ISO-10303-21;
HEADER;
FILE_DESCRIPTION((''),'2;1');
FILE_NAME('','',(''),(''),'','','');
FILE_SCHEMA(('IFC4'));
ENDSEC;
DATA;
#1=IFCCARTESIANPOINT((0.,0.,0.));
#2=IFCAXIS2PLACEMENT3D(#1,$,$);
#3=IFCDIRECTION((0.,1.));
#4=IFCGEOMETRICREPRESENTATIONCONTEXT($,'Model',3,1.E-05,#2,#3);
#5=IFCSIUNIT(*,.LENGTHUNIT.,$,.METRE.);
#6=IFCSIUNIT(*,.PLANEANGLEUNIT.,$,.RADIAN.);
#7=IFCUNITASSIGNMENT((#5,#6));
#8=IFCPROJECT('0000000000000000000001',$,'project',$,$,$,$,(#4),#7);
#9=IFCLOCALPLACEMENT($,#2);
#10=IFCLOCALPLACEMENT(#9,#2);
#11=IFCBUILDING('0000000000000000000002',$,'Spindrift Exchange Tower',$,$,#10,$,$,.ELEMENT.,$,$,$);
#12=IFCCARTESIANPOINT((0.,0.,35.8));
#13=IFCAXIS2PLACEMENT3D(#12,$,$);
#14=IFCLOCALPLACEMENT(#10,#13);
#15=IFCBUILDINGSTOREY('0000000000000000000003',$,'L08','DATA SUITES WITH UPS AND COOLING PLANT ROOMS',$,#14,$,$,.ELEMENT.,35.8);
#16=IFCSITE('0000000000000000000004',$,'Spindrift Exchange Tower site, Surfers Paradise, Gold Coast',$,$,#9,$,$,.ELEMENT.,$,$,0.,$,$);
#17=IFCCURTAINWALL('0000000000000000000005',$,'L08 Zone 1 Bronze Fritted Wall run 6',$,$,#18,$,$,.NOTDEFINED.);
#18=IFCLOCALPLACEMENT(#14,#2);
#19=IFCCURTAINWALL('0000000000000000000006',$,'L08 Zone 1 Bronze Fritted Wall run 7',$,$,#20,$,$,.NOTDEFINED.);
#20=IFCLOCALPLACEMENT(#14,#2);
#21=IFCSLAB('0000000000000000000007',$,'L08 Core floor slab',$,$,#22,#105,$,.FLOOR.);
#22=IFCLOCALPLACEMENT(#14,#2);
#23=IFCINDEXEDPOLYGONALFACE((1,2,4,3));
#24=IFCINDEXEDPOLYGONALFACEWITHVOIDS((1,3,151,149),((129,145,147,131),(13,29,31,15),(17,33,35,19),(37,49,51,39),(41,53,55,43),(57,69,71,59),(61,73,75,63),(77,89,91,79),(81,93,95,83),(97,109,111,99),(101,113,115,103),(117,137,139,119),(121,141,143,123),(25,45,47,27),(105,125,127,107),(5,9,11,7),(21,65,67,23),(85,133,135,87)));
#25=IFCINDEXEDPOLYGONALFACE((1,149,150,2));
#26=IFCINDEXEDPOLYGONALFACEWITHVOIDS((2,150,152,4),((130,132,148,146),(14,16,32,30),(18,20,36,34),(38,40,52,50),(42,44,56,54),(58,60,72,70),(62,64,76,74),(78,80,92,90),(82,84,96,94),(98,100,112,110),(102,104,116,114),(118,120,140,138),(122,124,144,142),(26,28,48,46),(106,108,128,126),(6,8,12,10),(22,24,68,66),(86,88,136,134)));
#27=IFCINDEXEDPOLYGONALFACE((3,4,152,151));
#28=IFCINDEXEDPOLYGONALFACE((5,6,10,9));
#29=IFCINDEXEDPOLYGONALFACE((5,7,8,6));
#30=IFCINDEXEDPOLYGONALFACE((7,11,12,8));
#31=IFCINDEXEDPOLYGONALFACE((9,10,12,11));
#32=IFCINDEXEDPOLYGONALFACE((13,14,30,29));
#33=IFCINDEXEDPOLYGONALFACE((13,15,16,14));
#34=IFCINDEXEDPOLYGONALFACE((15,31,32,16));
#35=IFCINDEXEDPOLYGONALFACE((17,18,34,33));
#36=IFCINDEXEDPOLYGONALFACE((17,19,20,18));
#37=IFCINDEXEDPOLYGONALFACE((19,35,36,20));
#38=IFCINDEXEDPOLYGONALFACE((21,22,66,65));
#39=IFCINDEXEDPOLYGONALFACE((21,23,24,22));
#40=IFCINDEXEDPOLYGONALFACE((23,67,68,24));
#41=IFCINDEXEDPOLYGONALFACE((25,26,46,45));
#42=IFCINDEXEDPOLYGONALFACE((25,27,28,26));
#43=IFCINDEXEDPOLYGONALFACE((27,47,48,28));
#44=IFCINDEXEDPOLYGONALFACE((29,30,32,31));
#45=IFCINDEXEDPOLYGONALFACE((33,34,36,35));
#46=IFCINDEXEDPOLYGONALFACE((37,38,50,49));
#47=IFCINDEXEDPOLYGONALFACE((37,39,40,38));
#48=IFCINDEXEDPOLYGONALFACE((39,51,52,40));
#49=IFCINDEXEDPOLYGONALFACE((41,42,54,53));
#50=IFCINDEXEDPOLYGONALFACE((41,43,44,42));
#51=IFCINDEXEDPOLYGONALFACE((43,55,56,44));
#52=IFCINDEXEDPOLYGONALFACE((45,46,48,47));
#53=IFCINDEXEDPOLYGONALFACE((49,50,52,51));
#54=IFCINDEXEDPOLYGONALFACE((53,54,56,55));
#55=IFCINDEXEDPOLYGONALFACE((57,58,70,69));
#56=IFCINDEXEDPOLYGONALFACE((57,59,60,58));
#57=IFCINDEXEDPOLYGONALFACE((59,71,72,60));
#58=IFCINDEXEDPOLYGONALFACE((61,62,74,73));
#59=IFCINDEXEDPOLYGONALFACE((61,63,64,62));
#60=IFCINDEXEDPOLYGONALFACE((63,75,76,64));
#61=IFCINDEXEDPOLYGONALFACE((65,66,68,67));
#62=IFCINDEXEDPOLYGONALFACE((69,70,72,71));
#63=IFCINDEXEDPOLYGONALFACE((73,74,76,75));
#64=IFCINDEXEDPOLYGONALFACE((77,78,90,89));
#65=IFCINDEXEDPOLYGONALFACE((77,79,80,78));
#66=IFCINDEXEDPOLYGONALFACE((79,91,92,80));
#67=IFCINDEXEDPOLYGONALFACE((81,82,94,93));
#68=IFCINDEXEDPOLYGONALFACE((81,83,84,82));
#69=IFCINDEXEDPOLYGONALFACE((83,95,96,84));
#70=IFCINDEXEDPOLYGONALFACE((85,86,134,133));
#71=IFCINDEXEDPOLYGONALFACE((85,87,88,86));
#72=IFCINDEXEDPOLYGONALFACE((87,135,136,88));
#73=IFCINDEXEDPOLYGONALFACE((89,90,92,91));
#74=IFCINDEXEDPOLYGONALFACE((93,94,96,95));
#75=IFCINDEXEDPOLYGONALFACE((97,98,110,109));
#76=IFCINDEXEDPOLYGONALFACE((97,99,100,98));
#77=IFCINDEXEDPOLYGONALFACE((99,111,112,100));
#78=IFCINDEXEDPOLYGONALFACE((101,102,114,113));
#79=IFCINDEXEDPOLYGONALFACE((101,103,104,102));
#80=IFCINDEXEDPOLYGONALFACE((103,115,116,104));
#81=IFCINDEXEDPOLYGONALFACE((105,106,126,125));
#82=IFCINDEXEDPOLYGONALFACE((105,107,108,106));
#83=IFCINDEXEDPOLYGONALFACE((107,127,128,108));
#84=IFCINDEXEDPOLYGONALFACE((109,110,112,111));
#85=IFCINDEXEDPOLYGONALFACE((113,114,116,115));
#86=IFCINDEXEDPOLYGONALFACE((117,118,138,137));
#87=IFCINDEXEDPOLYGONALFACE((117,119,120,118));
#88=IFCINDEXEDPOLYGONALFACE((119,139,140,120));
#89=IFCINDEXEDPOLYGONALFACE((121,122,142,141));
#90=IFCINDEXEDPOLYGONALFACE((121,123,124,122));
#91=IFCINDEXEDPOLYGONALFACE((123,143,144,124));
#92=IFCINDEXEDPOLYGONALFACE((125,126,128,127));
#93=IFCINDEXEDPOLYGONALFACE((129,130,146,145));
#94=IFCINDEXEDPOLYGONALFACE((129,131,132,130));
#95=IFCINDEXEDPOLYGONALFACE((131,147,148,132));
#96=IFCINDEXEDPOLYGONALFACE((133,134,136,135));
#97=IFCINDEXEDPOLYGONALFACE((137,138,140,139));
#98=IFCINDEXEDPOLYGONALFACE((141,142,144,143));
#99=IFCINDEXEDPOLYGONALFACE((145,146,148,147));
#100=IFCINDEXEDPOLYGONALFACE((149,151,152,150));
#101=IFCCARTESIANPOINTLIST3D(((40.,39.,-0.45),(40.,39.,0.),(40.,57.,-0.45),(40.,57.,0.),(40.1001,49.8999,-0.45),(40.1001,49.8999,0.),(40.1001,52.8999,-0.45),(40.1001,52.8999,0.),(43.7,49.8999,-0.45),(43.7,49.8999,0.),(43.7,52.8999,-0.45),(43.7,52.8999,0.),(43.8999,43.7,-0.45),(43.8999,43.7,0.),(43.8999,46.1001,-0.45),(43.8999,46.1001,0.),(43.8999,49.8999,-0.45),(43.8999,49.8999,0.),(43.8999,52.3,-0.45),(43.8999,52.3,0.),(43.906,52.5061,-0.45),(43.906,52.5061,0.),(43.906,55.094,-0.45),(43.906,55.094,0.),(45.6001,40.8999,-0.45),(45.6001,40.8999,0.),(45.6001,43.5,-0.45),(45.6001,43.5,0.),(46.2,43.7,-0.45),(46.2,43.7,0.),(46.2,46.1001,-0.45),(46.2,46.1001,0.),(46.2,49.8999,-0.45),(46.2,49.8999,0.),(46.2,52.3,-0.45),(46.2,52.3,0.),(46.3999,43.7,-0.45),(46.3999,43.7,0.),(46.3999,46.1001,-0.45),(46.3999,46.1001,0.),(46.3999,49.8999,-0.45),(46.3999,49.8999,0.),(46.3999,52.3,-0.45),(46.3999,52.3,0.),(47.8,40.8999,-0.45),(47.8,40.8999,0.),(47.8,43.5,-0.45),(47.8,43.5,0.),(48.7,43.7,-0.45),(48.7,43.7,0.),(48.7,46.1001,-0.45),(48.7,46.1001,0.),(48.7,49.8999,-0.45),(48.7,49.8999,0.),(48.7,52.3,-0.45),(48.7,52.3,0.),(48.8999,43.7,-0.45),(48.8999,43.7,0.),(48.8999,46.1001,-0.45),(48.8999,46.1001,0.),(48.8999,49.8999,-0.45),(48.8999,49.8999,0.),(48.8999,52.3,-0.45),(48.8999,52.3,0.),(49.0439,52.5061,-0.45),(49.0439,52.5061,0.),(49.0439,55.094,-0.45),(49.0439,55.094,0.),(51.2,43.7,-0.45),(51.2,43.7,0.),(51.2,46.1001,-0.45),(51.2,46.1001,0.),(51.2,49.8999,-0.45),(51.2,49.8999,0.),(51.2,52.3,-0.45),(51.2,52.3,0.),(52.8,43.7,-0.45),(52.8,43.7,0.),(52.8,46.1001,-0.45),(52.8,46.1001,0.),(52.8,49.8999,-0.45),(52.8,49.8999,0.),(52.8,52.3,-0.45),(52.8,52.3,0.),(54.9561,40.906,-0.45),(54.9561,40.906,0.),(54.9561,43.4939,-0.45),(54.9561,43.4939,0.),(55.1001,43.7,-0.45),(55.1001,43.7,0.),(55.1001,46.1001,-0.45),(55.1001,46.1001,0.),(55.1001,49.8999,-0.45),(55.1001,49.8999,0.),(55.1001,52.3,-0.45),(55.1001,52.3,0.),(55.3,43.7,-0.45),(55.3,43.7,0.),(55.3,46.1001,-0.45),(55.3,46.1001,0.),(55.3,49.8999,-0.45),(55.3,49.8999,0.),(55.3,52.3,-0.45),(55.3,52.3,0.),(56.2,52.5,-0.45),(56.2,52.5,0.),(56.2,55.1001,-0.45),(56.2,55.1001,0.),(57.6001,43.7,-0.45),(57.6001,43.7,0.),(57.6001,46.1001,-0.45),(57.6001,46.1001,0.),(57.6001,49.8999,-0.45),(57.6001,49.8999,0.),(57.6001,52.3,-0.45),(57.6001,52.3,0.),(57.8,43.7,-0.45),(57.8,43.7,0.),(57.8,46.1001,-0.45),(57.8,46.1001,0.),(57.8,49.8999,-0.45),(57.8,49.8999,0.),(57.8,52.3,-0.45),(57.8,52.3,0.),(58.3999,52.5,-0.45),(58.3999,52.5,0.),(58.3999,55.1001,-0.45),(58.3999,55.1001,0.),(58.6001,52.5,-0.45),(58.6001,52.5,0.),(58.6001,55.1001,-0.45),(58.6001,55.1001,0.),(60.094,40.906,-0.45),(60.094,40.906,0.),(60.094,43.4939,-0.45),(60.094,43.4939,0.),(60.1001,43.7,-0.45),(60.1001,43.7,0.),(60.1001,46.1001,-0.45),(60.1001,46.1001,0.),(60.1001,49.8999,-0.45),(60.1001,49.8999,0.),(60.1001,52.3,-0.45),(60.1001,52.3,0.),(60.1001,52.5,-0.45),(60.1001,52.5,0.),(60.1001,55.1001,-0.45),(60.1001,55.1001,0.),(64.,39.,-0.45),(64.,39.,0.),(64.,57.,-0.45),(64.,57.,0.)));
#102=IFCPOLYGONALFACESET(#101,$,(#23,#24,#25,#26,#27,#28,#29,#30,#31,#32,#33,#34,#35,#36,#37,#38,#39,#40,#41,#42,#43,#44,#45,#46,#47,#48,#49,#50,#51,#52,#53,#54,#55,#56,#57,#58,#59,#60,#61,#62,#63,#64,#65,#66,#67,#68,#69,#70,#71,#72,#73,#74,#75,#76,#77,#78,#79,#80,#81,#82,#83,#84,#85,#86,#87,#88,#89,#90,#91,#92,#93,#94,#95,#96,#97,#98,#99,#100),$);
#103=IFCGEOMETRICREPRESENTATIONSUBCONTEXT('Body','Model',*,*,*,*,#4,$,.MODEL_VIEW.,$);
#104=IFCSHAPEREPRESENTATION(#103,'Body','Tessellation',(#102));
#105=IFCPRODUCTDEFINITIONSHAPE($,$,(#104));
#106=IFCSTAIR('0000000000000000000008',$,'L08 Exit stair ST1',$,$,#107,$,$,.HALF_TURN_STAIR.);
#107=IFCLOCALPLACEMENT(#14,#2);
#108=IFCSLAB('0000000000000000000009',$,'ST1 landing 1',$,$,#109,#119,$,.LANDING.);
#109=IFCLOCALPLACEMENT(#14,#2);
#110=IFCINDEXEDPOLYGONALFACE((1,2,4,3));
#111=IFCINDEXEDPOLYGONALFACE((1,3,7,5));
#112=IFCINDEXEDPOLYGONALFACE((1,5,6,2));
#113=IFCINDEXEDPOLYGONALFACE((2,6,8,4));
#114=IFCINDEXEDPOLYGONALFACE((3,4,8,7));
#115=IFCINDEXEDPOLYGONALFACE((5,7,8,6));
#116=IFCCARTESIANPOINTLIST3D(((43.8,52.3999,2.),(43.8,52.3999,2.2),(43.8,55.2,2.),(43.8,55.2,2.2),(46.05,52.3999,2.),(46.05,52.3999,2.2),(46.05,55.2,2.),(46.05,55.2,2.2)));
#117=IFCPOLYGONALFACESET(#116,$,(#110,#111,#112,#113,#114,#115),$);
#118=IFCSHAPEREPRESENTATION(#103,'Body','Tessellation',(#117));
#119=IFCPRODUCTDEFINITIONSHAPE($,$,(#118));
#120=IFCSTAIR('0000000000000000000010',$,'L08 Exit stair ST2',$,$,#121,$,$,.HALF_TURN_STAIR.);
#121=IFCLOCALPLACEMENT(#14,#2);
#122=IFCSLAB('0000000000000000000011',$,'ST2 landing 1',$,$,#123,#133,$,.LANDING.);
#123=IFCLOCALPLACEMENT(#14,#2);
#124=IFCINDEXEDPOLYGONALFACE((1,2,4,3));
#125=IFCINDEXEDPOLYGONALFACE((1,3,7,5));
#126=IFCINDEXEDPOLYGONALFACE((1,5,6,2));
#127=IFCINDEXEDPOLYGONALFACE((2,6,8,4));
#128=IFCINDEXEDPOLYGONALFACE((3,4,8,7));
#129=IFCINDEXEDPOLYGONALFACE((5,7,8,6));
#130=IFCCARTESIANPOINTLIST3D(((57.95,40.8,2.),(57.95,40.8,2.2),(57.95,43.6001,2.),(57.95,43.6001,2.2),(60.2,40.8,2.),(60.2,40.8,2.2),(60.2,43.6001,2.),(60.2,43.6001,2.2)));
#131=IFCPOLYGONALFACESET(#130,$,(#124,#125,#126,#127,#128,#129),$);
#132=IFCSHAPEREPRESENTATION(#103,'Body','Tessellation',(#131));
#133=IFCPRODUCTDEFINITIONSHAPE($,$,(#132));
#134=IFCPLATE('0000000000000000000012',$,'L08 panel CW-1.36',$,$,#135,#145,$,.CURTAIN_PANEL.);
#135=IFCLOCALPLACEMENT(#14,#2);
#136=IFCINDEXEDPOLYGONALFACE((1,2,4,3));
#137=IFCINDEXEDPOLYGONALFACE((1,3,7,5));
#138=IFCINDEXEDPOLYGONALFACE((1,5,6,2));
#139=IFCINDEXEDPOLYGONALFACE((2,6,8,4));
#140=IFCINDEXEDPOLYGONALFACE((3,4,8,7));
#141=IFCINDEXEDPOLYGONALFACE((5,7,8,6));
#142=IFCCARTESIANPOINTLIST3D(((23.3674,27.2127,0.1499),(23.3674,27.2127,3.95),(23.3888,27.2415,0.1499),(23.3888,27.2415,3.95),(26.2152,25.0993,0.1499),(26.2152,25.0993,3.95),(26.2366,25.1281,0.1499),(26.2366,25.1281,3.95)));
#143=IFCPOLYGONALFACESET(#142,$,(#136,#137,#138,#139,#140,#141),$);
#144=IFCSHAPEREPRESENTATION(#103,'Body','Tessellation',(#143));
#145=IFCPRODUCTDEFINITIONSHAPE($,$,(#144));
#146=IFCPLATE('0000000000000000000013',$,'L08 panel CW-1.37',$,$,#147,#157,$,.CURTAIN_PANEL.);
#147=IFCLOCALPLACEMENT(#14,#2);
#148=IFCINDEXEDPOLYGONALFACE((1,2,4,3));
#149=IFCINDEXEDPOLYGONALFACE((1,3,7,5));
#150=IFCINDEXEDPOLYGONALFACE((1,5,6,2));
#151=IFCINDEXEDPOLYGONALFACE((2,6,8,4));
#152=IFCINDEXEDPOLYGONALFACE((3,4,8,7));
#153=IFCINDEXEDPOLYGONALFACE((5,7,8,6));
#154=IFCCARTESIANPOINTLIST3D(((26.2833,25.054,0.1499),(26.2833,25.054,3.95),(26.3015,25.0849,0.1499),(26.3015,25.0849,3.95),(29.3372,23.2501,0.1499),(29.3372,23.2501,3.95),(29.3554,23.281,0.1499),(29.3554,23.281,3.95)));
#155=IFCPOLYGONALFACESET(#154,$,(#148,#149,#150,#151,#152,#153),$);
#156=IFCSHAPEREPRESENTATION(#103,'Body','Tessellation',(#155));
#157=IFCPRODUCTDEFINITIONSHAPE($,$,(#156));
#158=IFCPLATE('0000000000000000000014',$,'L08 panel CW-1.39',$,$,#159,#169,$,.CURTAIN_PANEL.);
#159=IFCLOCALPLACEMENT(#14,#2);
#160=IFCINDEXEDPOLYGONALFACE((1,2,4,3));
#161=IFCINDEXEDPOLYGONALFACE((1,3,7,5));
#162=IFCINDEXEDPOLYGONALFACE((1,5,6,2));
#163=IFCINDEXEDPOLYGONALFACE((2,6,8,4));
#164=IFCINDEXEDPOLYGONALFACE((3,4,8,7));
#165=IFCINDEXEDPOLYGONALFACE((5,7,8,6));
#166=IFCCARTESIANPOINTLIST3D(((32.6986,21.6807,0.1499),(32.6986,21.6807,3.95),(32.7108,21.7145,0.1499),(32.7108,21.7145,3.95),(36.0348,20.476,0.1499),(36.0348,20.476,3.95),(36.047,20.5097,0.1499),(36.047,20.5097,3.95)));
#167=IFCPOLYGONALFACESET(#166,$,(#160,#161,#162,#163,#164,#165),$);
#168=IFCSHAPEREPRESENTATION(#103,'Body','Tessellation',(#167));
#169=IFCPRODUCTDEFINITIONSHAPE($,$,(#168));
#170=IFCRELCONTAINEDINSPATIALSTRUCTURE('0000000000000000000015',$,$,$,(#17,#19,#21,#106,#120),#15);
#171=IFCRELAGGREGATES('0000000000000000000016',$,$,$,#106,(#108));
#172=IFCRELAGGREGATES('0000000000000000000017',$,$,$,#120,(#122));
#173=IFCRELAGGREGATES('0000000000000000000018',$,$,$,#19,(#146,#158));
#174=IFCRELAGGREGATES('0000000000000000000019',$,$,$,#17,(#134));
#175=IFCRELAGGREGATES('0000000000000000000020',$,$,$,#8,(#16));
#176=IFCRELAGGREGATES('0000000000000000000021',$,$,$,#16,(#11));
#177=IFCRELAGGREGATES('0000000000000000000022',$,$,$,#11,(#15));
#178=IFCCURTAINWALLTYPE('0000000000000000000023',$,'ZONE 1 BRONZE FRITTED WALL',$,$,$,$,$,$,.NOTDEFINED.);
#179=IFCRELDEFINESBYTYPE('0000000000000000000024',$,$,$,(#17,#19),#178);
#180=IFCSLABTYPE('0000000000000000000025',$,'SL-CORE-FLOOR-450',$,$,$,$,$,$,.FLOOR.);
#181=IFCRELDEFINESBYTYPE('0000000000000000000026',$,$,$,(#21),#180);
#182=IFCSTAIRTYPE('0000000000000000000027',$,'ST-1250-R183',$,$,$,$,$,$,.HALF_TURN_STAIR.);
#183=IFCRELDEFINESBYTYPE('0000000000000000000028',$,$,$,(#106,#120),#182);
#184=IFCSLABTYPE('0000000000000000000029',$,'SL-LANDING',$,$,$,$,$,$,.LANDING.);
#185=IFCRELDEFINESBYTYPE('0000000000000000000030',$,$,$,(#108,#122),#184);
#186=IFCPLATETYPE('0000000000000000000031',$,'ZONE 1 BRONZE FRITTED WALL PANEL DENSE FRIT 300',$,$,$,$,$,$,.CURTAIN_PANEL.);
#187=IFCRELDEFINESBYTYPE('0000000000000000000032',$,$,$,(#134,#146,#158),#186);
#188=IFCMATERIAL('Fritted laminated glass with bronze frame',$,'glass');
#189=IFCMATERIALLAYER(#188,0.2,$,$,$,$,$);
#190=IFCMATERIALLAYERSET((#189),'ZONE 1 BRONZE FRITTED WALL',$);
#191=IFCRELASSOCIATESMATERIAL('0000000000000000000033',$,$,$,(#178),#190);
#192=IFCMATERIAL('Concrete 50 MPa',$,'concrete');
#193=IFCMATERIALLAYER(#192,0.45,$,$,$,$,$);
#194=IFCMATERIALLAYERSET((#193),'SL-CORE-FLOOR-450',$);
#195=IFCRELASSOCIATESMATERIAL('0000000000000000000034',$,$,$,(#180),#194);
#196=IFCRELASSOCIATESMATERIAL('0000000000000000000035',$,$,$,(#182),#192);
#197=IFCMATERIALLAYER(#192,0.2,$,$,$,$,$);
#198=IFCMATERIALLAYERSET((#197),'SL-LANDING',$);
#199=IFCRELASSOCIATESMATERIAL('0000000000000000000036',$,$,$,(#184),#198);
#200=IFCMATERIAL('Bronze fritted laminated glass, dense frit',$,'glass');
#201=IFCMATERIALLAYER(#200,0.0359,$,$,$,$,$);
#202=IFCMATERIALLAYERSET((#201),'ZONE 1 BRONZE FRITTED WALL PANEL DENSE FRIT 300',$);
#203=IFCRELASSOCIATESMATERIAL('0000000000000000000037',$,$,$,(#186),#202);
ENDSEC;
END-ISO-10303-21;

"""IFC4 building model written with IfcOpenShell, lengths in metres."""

from ifc_helpers import new_model, si_unit, direction, frame, origin, origin_2d, place, context, subcontext, project, spatial, line, indexed_curve, rectangle, outline, extrude, source, transform, mapped, material, layer, layer_set, type_object, element, aggregate, save


model = new_model("IFC4")

# Units and contexts
model_context = context("Model", 3, precision=1e-05, world=origin(), true_north=direction((0.0, 1.0)))
body_context = subcontext(model_context, "Body", "Model", "MODEL_VIEW")
ifc_project = project(units=[si_unit("LENGTHUNIT", "METRE"), si_unit("PLANEANGLEUNIT", "RADIAN")], contexts=[model_context])

# Site, building, storey
site_placement = place(None, origin())
site = spatial("IfcSite", under=ifc_project, at=site_placement, Name="Spindrift Exchange Tower site, Surfers Paradise, Gold Coast", CompositionType="ELEMENT", RefElevation=0.0)
building_placement = place(site_placement, origin())
building = spatial("IfcBuilding", under=site, at=building_placement, Name="Spindrift Exchange Tower", CompositionType="ELEMENT")
storey_placement = place(building_placement, frame((0.0, 0.0, 35.8)))
storey = spatial("IfcBuildingStorey", under=building, at=storey_placement, Name="L08", Description="DATA SUITES WITH UPS AND COOLING PLANT ROOMS", CompositionType="ELEMENT", Elevation=35.8)

# Curtain walls
ifc_material_1 = material(Name="Fritted laminated glass with bronze frame", Category="glass")
ifc_layer_1 = layer(ifc_material_1, 0.2)
ifc_layer_set_1 = layer_set([ifc_layer_1], Name="ZONE 1 BRONZE FRITTED WALL")
curtain_wall_type = type_object("IfcCurtainWallType", Name="ZONE 1 BRONZE FRITTED WALL", PredefinedType="NOTDEFINED", material=ifc_layer_set_1)
curtain_wall_1_placement = place(storey_placement, origin())
curtain_wall_1 = element("IfcCurtainWall", 1, at=curtain_wall_1_placement, inside=storey, type_object=curtain_wall_type, Name="L08 Zone 1 Bronze Fritted Wall run 6", PredefinedType="NOTDEFINED")
curtain_wall_2_placement = place(storey_placement, origin())
curtain_wall_2 = element("IfcCurtainWall", 2, at=curtain_wall_2_placement, inside=storey, type_object=curtain_wall_type, Name="L08 Zone 1 Bronze Fritted Wall run 7", PredefinedType="NOTDEFINED")

# Slab
ifc_material_2 = material(Name="Concrete 50 MPa", Category="concrete")
ifc_layer_2 = layer(ifc_material_2, 0.45)
ifc_layer_set_2 = layer_set([ifc_layer_2], Name="SL-CORE-FLOOR-450")
slab_type_1 = type_object("IfcSlabType", Name="SL-CORE-FLOOR-450", PredefinedType="FLOOR", material=ifc_layer_set_2)
slab_1_placement = place(storey_placement, frame((0.0, 0.0, -0.45)))
element("IfcSlab", 3, at=slab_1_placement, inside=storey, type_object=slab_type_1, Name="L08 Core floor slab", PredefinedType="FLOOR", context=body_context, shape_type="SweptSolid", body=[
    extrude(outline(indexed_curve([(40.0, 39.0), (40.0, 57.0), (64.0, 57.0), (64.0, 39.0)], segments=[line(1, 2, 3, 4, 1)], self_intersect=False), holes=[indexed_curve([(47.8, 43.5), (45.6001, 43.5), (45.6001, 40.8999), (47.8, 40.8999)], segments=[line(1, 2, 3, 4, 1)], self_intersect=False), indexed_curve([(46.2, 46.1001), (43.8999, 46.1001), (43.8999, 43.7), (46.2, 43.7)], segments=[line(1, 2, 3, 4, 1)], self_intersect=False), indexed_curve([(48.7, 46.1001), (46.3999, 46.1001), (46.3999, 43.7), (48.7, 43.7)], segments=[line(1, 2, 3, 4, 1)], self_intersect=False), indexed_curve([(51.2, 46.1001), (48.8999, 46.1001), (48.8999, 43.7), (51.2, 43.7)], segments=[line(1, 2, 3, 4, 1)], self_intersect=False), indexed_curve([(46.2, 52.3), (43.8999, 52.3), (43.8999, 49.8999), (46.2, 49.8999)], segments=[line(1, 2, 3, 4, 1)], self_intersect=False), indexed_curve([(48.7, 52.3), (46.3999, 52.3), (46.3999, 49.8999), (48.7, 49.8999)], segments=[line(1, 2, 3, 4, 1)], self_intersect=False), indexed_curve([(51.2, 52.3), (48.8999, 52.3), (48.8999, 49.8999), (51.2, 49.8999)], segments=[line(1, 2, 3, 4, 1)], self_intersect=False), indexed_curve([(43.7, 49.8999), (43.7, 52.8999), (40.1001, 52.8999), (40.1001, 49.8999)], segments=[line(1, 2, 3, 4, 1)], self_intersect=False), indexed_curve([(49.0439, 55.094), (43.906, 55.094), (43.906, 52.5061), (49.0439, 52.5061)], segments=[line(1, 2, 3, 4, 1)], self_intersect=False), indexed_curve([(60.094, 40.906), (60.094, 43.4939), (54.9561, 43.4939), (54.9561, 40.906)], segments=[line(1, 2, 3, 4, 1)], self_intersect=False), indexed_curve([(55.1001, 46.1001), (52.8, 46.1001), (52.8, 43.7), (55.1001, 43.7)], segments=[line(1, 2, 3, 4, 1)], self_intersect=False), indexed_curve([(57.6001, 46.1001), (55.3, 46.1001), (55.3, 43.7), (57.6001, 43.7)], segments=[line(1, 2, 3, 4, 1)], self_intersect=False), indexed_curve([(60.1001, 46.1001), (57.8, 46.1001), (57.8, 43.7), (60.1001, 43.7)], segments=[line(1, 2, 3, 4, 1)], self_intersect=False), indexed_curve([(55.1001, 52.3), (52.8, 52.3), (52.8, 49.8999), (55.1001, 49.8999)], segments=[line(1, 2, 3, 4, 1)], self_intersect=False), indexed_curve([(57.6001, 52.3), (55.3, 52.3), (55.3, 49.8999), (57.6001, 49.8999)], segments=[line(1, 2, 3, 4, 1)], self_intersect=False), indexed_curve([(60.1001, 52.3), (57.8, 52.3), (57.8, 49.8999), (60.1001, 49.8999)], segments=[line(1, 2, 3, 4, 1)], self_intersect=False), indexed_curve([(58.3999, 52.5), (58.3999, 55.1001), (56.2, 55.1001), (56.2, 52.5)], segments=[line(1, 2, 3, 4, 1)], self_intersect=False), indexed_curve([(60.1001, 52.5), (60.1001, 55.1001), (58.6001, 55.1001), (58.6001, 52.5)], segments=[line(1, 2, 3, 4, 1)], self_intersect=False)]), origin(), (0.0, 0.0, 1.0), 0.45),
])

# Stairs, slabs
stair_type = type_object("IfcStairType", Name="ST-1250-R183", PredefinedType="HALF_TURN_STAIR", material=ifc_material_2)
stair_1_placement = place(storey_placement, origin())
stair_1 = element("IfcStair", 4, at=stair_1_placement, inside=storey, type_object=stair_type, Name="L08 Exit stair ST1", PredefinedType="HALF_TURN_STAIR")
ifc_layer_3 = layer(ifc_material_2, 0.2)
ifc_layer_set_3 = layer_set([ifc_layer_3], Name="SL-LANDING")
slab_type_2 = type_object("IfcSlabType", Name="SL-LANDING", PredefinedType="LANDING", material=ifc_layer_set_3)
slab_2_placement = place(storey_placement, frame((0.0, 0.0, 2.0)))
slab_2 = element("IfcSlab", 5, at=slab_2_placement, type_object=slab_type_2, Name="ST1 landing 1", PredefinedType="LANDING", context=body_context, shape_type="SweptSolid", body=[
    extrude(outline(indexed_curve([(46.05, 52.3999), (43.8, 52.3999), (43.8, 55.2), (46.05, 55.2)], segments=[line(1, 2, 3, 4, 1)], self_intersect=False)), origin(), (0.0, 0.0, 1.0), 0.2),
])
aggregate(stair_1, [slab_2])
stair_2_placement = place(storey_placement, origin())
stair_2 = element("IfcStair", 6, at=stair_2_placement, inside=storey, type_object=stair_type, Name="L08 Exit stair ST2", PredefinedType="HALF_TURN_STAIR")
slab_3_placement = place(storey_placement, frame((0.0, 0.0, 2.0)))
slab_3 = element("IfcSlab", 7, at=slab_3_placement, type_object=slab_type_2, Name="ST2 landing 1", PredefinedType="LANDING", context=body_context, shape_type="SweptSolid", body=[
    extrude(outline(indexed_curve([(57.95, 43.6001), (60.2, 43.6001), (60.2, 40.8), (57.95, 40.8)], segments=[line(1, 2, 3, 4, 1)], self_intersect=False)), origin(), (0.0, 0.0, 1.0), 0.2),
])
aggregate(stair_2, [slab_3])

# Plates
ifc_material_3 = material(Name="Bronze fritted laminated glass, dense frit", Category="glass")
ifc_layer_4 = layer(ifc_material_3, 0.0359)
ifc_layer_set_4 = layer_set([ifc_layer_4], Name="ZONE 1 BRONZE FRITTED WALL PANEL DENSE FRIT 300")
plate_type_1 = type_object("IfcPlateType", Name="ZONE 1 BRONZE FRITTED WALL PANEL DENSE FRIT 300", PredefinedType="CURTAIN_PANEL", material=ifc_layer_set_4)
shared_shape_1 = source(origin(), body_context, "Body", "SweptSolid", [
    extrude(rectangle(XDim=3.5464, YDim=0.0359, at=origin_2d()), origin(), (0.0, 0.0, 1.0), 3.8),
])
plate_1_placement = place(storey_placement, frame((24.802, 26.1704, 0.1499), z_axis=(0.0, 0.0, 1.0), x_axis=(0.803031, -0.595938, 0.0)))
plate_1 = element("IfcPlate", 8, at=plate_1_placement, type_object=plate_type_1, Name="L08 panel CW-1.36", PredefinedType="CURTAIN_PANEL", context=body_context, shape_type="MappedRepresentation", body=[
    mapped(shared_shape_1, transform((0.0, 0.0, 0.0), scale=1.0)),
])
shared_shape_2 = source(origin(), body_context, "Body", "SweptSolid", [
    extrude(rectangle(XDim=3.5469, YDim=0.0359, at=origin_2d()), origin(), (0.0, 0.0, 1.0), 3.8),
])
plate_2_placement = place(storey_placement, frame((27.8193, 24.1675, 0.1499), z_axis=(0.0, 0.0, 1.0), x_axis=(0.861015, -0.50858, 0.0)))
plate_2 = element("IfcPlate", 9, at=plate_2_placement, type_object=plate_type_1, Name="L08 panel CW-1.37", PredefinedType="CURTAIN_PANEL", context=body_context, shape_type="MappedRepresentation", body=[
    mapped(shared_shape_2, transform((0.0, 0.0, 0.0), scale=1.0)),
])
shared_shape_3 = source(origin(), body_context, "Body", "SweptSolid", [
    extrude(rectangle(XDim=3.5471, YDim=0.0359, at=origin_2d()), origin(), (0.0, 0.0, 1.0), 3.8),
])
plate_3_placement = place(storey_placement, frame((34.3728, 21.0952, 0.1499), z_axis=(0.0, 0.0, 1.0), x_axis=(0.940556, -0.339638, 0.0)))
plate_3 = element("IfcPlate", 10, at=plate_3_placement, type_object=plate_type_1, Name="L08 panel CW-1.39", PredefinedType="CURTAIN_PANEL", context=body_context, shape_type="MappedRepresentation", body=[
    mapped(shared_shape_3, transform((0.0, 0.0, 0.0), scale=1.0)),
])
aggregate(curtain_wall_2, [plate_2, plate_3])
aggregate(curtain_wall_1, [plate_1])

save(model, "model.ifc")
